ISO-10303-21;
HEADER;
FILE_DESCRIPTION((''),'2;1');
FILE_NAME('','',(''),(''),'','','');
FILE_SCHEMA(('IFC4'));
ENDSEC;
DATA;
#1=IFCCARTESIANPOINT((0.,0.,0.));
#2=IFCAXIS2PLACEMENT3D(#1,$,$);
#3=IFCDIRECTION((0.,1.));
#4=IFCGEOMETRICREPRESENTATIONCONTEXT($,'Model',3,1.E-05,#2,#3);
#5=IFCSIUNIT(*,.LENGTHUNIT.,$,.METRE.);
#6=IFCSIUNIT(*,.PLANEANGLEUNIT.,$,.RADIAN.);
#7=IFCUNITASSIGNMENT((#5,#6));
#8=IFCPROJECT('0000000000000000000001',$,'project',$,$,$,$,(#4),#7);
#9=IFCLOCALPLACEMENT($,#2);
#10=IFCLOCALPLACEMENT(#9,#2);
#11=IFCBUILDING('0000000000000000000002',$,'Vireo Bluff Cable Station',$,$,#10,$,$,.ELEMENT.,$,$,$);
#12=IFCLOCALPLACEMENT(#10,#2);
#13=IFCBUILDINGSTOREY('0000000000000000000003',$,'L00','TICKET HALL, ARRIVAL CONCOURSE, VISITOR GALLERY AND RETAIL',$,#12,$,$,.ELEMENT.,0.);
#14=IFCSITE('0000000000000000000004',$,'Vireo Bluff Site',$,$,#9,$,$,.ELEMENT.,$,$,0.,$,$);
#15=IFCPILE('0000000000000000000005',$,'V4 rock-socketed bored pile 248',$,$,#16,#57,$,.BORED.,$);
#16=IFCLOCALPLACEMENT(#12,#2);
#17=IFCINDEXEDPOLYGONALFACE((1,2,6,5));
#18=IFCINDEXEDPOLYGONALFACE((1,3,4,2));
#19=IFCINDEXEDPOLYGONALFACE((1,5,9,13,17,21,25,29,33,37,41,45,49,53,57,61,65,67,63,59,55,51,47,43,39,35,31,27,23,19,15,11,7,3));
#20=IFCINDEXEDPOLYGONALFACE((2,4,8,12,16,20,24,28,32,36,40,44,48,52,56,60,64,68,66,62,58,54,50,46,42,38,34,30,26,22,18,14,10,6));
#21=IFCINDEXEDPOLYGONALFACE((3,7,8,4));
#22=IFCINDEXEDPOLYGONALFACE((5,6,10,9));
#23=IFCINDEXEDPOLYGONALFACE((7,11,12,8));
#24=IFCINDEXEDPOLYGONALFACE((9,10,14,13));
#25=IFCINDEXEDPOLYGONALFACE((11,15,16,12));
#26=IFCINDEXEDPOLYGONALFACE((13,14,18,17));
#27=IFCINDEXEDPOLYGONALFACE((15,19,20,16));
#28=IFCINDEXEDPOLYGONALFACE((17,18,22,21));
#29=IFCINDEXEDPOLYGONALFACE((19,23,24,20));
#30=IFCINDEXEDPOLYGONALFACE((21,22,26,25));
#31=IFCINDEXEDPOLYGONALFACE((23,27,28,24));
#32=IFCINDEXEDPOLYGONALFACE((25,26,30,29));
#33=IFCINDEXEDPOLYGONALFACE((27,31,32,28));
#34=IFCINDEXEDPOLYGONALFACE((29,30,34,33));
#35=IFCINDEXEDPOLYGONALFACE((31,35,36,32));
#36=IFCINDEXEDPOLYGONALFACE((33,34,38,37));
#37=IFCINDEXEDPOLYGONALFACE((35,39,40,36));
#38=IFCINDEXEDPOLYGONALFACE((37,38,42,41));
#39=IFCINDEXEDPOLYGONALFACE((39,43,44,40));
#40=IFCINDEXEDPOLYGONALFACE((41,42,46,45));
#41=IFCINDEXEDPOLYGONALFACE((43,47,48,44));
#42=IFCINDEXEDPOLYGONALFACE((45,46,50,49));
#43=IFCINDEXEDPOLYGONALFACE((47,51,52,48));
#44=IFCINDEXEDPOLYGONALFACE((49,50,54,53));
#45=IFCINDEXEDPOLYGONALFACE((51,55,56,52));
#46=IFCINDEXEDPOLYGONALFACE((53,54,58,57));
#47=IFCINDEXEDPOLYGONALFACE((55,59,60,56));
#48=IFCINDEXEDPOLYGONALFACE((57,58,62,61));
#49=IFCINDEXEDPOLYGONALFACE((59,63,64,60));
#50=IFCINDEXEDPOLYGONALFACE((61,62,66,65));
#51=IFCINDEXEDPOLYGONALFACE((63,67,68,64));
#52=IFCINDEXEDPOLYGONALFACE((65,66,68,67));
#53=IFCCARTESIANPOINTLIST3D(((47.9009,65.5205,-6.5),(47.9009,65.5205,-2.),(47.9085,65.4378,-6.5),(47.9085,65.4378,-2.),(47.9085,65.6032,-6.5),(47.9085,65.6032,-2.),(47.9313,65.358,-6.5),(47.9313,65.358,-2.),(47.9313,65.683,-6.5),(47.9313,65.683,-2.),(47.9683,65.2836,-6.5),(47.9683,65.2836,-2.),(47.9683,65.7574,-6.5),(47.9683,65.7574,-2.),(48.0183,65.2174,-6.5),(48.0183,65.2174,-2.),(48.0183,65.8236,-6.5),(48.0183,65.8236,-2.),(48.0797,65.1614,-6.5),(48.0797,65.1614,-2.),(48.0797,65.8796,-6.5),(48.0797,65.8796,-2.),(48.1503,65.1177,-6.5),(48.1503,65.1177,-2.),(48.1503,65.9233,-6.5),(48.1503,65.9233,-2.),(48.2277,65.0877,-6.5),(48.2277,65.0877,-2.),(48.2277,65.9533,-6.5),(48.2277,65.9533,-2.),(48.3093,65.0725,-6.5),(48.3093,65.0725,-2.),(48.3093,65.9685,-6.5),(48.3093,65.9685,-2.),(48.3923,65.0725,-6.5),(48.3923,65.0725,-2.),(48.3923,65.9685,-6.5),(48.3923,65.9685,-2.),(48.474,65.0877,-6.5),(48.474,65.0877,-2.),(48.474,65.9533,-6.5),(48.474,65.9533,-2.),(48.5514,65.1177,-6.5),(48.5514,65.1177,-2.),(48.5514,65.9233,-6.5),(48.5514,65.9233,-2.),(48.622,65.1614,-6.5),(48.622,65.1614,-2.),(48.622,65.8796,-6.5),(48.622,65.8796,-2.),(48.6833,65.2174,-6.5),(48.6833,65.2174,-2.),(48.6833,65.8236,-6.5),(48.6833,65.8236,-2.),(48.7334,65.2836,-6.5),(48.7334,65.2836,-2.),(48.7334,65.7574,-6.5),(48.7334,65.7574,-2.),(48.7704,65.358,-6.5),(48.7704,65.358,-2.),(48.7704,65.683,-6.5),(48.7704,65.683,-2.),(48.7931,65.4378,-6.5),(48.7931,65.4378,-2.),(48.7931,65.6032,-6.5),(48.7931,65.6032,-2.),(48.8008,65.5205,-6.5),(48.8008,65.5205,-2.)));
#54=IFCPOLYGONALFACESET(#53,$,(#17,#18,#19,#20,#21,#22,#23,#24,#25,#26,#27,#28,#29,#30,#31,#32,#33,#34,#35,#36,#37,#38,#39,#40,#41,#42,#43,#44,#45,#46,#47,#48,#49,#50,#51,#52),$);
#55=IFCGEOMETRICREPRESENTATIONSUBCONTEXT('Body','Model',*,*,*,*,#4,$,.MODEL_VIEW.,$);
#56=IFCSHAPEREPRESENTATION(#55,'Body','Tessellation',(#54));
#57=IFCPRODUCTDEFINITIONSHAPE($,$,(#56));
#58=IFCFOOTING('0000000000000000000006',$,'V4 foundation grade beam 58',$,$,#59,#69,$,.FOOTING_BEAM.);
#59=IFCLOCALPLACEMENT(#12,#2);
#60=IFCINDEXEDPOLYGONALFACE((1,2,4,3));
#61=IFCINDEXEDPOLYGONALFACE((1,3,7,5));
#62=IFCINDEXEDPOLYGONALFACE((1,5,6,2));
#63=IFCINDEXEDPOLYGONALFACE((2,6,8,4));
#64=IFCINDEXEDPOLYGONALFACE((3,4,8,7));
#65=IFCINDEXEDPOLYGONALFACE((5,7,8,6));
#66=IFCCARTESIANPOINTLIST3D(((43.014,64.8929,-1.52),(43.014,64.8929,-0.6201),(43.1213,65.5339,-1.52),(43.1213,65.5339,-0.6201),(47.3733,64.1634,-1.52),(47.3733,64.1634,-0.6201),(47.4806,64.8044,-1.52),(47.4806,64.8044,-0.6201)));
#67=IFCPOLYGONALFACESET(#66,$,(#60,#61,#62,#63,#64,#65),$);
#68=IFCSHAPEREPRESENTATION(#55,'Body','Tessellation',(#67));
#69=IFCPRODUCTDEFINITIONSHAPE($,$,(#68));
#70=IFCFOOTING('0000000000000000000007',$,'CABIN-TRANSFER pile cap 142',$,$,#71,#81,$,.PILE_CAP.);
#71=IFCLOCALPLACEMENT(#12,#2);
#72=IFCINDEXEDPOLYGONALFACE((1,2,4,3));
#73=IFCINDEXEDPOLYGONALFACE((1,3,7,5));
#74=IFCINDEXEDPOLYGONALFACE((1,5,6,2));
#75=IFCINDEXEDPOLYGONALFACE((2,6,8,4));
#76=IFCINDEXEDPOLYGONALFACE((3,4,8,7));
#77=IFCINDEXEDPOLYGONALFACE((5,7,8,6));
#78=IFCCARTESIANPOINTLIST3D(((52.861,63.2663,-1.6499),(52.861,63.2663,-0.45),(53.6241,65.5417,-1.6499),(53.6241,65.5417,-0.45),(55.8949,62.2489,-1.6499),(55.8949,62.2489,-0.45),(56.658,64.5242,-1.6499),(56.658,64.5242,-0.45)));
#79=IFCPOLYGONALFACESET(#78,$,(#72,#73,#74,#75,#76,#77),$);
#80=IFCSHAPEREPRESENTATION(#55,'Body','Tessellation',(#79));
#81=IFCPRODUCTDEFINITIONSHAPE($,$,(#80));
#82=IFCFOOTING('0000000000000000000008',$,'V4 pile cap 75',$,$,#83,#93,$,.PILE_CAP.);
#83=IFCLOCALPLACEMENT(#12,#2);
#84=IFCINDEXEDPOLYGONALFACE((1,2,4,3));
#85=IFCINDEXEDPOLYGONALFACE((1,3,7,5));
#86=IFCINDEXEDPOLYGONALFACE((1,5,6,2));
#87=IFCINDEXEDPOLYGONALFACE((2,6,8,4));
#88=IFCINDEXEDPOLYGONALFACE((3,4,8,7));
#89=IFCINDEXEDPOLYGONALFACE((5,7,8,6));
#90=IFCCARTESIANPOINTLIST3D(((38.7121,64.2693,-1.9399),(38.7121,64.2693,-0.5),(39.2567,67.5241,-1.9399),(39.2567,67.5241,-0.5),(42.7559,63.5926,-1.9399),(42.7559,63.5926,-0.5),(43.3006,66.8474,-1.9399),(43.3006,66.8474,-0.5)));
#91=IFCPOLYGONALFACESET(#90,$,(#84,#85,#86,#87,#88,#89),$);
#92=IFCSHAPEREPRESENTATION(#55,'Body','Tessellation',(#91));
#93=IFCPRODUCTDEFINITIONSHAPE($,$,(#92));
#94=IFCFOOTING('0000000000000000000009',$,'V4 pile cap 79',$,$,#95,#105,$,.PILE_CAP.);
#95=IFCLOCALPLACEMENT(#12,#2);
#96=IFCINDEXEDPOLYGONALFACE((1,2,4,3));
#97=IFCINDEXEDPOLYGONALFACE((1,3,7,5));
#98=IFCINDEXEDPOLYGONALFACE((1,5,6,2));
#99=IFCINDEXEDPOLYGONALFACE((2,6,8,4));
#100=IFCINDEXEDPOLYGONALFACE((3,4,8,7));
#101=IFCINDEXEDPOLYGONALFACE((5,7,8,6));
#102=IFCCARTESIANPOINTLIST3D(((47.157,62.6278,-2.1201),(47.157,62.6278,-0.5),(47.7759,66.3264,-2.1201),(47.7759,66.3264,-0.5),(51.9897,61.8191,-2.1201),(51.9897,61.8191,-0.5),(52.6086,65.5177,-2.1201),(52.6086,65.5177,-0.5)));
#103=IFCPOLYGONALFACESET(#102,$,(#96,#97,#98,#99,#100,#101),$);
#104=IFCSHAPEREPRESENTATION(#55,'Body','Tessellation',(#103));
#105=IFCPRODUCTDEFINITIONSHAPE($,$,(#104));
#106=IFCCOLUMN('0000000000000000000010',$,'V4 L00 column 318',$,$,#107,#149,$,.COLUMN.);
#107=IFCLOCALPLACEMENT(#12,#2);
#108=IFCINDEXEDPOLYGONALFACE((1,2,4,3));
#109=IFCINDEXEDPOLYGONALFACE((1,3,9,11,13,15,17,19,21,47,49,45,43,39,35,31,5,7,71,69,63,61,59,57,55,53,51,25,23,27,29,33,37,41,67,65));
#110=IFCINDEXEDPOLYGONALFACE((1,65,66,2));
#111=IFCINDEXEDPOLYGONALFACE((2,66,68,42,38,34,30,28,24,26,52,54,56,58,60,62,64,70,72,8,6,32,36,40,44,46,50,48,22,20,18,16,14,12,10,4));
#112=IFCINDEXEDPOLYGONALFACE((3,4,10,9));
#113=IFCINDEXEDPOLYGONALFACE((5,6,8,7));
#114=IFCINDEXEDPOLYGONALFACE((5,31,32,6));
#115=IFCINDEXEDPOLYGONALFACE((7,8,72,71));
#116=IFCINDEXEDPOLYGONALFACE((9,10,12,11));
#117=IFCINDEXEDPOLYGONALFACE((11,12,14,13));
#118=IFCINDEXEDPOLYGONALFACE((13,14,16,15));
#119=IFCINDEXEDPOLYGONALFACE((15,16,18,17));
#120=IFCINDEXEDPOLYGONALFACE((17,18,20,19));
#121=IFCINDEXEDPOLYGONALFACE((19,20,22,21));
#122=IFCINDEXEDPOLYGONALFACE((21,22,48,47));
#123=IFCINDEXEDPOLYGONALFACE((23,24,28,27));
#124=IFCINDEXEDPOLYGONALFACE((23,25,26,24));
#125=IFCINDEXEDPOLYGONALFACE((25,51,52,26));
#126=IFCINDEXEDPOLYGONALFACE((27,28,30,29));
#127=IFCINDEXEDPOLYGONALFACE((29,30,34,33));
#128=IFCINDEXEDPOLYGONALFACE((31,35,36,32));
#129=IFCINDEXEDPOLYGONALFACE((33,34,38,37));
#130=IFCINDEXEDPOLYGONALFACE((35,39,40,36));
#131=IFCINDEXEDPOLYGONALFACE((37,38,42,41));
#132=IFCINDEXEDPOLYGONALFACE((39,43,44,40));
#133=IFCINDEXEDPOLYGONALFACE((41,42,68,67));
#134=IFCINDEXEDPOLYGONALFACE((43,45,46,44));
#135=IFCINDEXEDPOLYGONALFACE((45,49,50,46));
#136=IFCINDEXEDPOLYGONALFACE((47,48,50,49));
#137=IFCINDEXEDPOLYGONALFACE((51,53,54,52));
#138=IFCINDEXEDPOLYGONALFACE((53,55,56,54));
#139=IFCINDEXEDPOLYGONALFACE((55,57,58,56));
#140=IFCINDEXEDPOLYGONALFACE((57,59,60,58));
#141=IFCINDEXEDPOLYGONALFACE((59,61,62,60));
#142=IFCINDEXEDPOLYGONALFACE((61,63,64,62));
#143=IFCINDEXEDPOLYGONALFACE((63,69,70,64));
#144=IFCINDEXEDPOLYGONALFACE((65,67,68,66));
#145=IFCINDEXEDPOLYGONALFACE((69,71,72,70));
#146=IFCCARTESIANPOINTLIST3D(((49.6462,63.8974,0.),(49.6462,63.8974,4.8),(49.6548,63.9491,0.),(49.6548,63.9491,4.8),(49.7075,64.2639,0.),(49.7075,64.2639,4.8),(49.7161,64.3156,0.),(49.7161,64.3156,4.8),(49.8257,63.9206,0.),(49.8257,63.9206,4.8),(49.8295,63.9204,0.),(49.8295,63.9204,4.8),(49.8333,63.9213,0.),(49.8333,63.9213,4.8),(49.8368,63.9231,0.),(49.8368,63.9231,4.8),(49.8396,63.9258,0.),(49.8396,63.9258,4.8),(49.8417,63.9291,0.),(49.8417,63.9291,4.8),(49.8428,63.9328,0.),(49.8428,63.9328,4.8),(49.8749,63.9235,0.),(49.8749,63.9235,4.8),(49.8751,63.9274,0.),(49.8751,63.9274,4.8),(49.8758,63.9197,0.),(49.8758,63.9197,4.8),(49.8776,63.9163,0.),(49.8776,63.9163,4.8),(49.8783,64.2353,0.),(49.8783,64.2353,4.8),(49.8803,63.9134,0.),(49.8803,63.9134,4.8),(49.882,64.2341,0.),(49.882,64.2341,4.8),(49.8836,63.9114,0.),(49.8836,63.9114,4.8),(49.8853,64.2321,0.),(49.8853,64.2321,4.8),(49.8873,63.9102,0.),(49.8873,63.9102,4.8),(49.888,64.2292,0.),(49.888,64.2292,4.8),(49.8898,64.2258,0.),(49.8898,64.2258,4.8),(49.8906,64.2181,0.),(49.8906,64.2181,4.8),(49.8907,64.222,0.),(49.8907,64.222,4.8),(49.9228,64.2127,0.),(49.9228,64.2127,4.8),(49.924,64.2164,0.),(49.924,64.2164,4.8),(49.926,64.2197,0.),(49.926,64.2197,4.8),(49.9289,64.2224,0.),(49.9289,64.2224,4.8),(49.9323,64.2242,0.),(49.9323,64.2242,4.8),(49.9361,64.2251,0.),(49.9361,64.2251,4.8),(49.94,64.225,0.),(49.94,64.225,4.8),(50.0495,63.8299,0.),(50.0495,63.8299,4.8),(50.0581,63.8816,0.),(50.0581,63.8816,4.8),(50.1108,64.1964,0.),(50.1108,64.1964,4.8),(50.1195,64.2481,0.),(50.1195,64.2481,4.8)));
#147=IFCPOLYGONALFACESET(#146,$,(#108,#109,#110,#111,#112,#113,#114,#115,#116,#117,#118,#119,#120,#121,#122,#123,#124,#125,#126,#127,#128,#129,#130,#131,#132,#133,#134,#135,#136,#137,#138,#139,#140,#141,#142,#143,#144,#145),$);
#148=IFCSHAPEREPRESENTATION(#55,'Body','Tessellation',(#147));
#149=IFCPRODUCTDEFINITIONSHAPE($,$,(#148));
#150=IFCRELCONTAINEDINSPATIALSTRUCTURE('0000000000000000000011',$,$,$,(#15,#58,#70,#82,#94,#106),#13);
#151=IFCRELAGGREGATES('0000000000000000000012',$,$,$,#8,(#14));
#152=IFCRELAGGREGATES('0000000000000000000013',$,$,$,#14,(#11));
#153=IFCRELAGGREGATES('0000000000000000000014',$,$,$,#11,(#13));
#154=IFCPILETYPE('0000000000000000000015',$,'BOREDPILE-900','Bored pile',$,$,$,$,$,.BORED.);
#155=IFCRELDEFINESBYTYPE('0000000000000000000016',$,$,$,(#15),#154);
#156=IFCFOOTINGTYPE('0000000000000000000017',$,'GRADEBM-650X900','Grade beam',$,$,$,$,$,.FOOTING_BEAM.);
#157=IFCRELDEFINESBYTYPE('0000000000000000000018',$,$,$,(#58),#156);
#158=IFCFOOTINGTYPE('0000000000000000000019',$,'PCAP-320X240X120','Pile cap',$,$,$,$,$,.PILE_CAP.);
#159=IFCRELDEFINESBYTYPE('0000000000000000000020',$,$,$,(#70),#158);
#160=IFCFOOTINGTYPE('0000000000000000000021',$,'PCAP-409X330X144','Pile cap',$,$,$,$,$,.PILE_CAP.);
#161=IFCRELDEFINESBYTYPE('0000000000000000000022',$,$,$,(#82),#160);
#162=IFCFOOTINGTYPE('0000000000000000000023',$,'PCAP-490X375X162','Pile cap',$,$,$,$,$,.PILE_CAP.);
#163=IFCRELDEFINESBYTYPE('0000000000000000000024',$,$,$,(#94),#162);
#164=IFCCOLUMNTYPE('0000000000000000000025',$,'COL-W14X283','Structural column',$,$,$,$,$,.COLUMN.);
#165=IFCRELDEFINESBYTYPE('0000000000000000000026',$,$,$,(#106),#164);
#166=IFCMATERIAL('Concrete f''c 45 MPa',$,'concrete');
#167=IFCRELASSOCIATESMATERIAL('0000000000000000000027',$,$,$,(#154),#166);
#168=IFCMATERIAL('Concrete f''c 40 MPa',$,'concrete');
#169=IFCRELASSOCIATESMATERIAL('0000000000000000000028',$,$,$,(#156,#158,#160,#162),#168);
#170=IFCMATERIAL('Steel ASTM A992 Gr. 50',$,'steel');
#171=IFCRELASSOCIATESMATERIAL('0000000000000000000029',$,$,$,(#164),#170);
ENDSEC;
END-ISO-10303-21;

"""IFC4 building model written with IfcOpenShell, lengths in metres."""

from ifc_helpers import new_model, si_unit, direction, frame, origin, origin_2d, place, context, subcontext, project, spatial, rectangle, circle, i_section, extrude, material, material_profile, profile_set, type_object, element, save


model = new_model("IFC4")

# Units and contexts
model_context = context("Model", 3, precision=1e-05, world=origin(), true_north=direction((0.0, 1.0)))
body_context = subcontext(model_context, "Body", "Model", "MODEL_VIEW")
ifc_project = project(units=[si_unit("LENGTHUNIT", "METRE"), si_unit("PLANEANGLEUNIT", "RADIAN")], contexts=[model_context])

# Site, building, storey
site_placement = place(None, origin())
site = spatial("IfcSite", under=ifc_project, at=site_placement, Name="Vireo Bluff Site", CompositionType="ELEMENT", RefElevation=0.0)
building_placement = place(site_placement, origin())
building = spatial("IfcBuilding", under=site, at=building_placement, Name="Vireo Bluff Cable Station", CompositionType="ELEMENT")
storey_placement = place(building_placement, origin())
storey = spatial("IfcBuildingStorey", under=building, at=storey_placement, Name="L00", Description="TICKET HALL, ARRIVAL CONCOURSE, VISITOR GALLERY AND RETAIL", CompositionType="ELEMENT", Elevation=0.0)

# Pile
ifc_material_1 = material(Name="Concrete f'c 45 MPa", Category="concrete")
ifc_material_profile_1 = material_profile(ifc_material_1, circle(Radius=0.45, at=origin_2d()), Name="BOREDPILE-900")
ifc_profile_set_1 = profile_set([ifc_material_profile_1], Name="Concrete f'c 45 MPa")
pile_type_1 = type_object("IfcPileType", Name="BOREDPILE-900", Description="Bored pile", PredefinedType="BORED", material=ifc_profile_set_1)
for number, where, z_axis, x_axis, name in (
    (1, (48.3508, 65.5205, -2.0), (0.0, 0.0, -1.0), (1.0, 0.0, 0.0), "V4 rock-socketed bored pile 248"),
):
    element("IfcPile", number, at=place(storey_placement, frame(where, z_axis=z_axis, x_axis=x_axis)), inside=storey, type_object=pile_type_1, Name=name, PredefinedType="BORED", context=body_context, shape_type="SweptSolid", body=[
        extrude(circle(Radius=0.45, at=origin_2d()), origin(), (0.0, 0.0, 1.0), 4.5),
    ])

# Footings
ifc_material_2 = material(Name="Concrete f'c 40 MPa", Category="concrete")
ifc_material_profile_2 = material_profile(ifc_material_2, rectangle(XDim=0.6499, YDim=0.8999, at=origin_2d()), Name="GRADEBM-650X900")
ifc_profile_set_2 = profile_set([ifc_material_profile_2], Name="Concrete f'c 40 MPa")
footing_type_1 = type_object("IfcFootingType", Name="GRADEBM-650X900", Description="Grade beam", PredefinedType="FOOTING_BEAM", material=ifc_profile_set_2)
footing_1_placement = place(storey_placement, frame((43.0676, 65.2134, -1.0701), z_axis=(0.986286, -0.165044, 0.0), x_axis=(0.165044, 0.986286, 0.0)))
element("IfcFooting", 2, at=footing_1_placement, inside=storey, type_object=footing_type_1, Name="V4 foundation grade beam 58", PredefinedType="FOOTING_BEAM", context=body_context, shape_type="SweptSolid", body=[
    extrude(rectangle(XDim=0.6499, YDim=0.8999, at=origin_2d()), origin(), (0.0, 0.0, 1.0), 4.4199),
])
footing_type_2 = type_object("IfcFootingType", Name="PCAP-320X240X120", Description="Pile cap", PredefinedType="PILE_CAP", material=ifc_material_2)
footing_2_placement = place(storey_placement, frame((54.7595, 63.8953, -1.6499), z_axis=(0.0, 0.0, 1.0), x_axis=(0.948105, -0.317958, 0.0)))
element("IfcFooting", 3, at=footing_2_placement, inside=storey, type_object=footing_type_2, Name="CABIN-TRANSFER pile cap 142", PredefinedType="PILE_CAP", context=body_context, shape_type="SweptSolid", body=[
    extrude(rectangle(XDim=3.2, YDim=2.3999, at=origin_2d()), origin(), (0.0, 0.0, 1.0), 1.2),
])
footing_type_3 = type_object("IfcFootingType", Name="PCAP-409X330X144", Description="Pile cap", PredefinedType="PILE_CAP", material=ifc_material_2)
footing_3_placement = place(storey_placement, frame((41.0063, 65.5583, -1.9399), z_axis=(0.0, 0.0, 1.0), x_axis=(0.986286, -0.165048, 0.0)))
element("IfcFooting", 4, at=footing_3_placement, inside=storey, type_object=footing_type_3, Name="V4 pile cap 75", PredefinedType="PILE_CAP", context=body_context, shape_type="SweptSolid", body=[
    extrude(rectangle(XDim=4.1001, YDim=3.3, at=origin_2d()), origin(), (0.0, 0.0, 1.0), 1.4399),
])
footing_type_4 = type_object("IfcFootingType", Name="PCAP-490X375X162", Description="Pile cap", PredefinedType="PILE_CAP", material=ifc_material_2)
footing_4_placement = place(storey_placement, frame((49.8828, 64.0728, -2.1201), z_axis=(0.0, 0.0, 1.0), x_axis=(0.986286, -0.165048, 0.0)))
element("IfcFooting", 5, at=footing_4_placement, inside=storey, type_object=footing_type_4, Name="V4 pile cap 79", PredefinedType="PILE_CAP", context=body_context, shape_type="SweptSolid", body=[
    extrude(rectangle(XDim=4.8999, YDim=3.75, at=origin_2d()), origin(), (0.0, 0.0, 1.0), 1.6201),
])

# Column
ifc_material_3 = material(Name="Steel ASTM A992 Gr. 50", Category="steel")
ifc_material_profile_3 = material_profile(ifc_material_3, i_section(OverallWidth=0.4089, OverallDepth=0.4241, WebThickness=0.0327, FlangeThickness=0.0525, FilletRadius=0.0149, at=origin_2d()), Name="W14X283")
ifc_profile_set_3 = profile_set([ifc_material_profile_3], Name="Steel ASTM A992 Gr. 50")
column_type_1 = type_object("IfcColumnType", Name="COL-W14X283", Description="Structural column", PredefinedType="COLUMN", material=ifc_profile_set_3)
column_placement = place(storey_placement, frame((49.8828, 64.0728, 0.0), z_axis=(0.0, 0.0, 1.0), x_axis=(0.986286, -0.165048, 0.0)))
element("IfcColumn", 6, at=column_placement, inside=storey, type_object=column_type_1, Name="V4 L00 column 318", PredefinedType="COLUMN", context=body_context, shape_type="SweptSolid", body=[
    extrude(i_section(OverallWidth=0.4089, OverallDepth=0.4241, WebThickness=0.0327, FlangeThickness=0.0525, FilletRadius=0.0149, at=origin_2d()), origin(), (0.0, 0.0, 1.0), 4.8),
])

save(model, "model.ifc")
